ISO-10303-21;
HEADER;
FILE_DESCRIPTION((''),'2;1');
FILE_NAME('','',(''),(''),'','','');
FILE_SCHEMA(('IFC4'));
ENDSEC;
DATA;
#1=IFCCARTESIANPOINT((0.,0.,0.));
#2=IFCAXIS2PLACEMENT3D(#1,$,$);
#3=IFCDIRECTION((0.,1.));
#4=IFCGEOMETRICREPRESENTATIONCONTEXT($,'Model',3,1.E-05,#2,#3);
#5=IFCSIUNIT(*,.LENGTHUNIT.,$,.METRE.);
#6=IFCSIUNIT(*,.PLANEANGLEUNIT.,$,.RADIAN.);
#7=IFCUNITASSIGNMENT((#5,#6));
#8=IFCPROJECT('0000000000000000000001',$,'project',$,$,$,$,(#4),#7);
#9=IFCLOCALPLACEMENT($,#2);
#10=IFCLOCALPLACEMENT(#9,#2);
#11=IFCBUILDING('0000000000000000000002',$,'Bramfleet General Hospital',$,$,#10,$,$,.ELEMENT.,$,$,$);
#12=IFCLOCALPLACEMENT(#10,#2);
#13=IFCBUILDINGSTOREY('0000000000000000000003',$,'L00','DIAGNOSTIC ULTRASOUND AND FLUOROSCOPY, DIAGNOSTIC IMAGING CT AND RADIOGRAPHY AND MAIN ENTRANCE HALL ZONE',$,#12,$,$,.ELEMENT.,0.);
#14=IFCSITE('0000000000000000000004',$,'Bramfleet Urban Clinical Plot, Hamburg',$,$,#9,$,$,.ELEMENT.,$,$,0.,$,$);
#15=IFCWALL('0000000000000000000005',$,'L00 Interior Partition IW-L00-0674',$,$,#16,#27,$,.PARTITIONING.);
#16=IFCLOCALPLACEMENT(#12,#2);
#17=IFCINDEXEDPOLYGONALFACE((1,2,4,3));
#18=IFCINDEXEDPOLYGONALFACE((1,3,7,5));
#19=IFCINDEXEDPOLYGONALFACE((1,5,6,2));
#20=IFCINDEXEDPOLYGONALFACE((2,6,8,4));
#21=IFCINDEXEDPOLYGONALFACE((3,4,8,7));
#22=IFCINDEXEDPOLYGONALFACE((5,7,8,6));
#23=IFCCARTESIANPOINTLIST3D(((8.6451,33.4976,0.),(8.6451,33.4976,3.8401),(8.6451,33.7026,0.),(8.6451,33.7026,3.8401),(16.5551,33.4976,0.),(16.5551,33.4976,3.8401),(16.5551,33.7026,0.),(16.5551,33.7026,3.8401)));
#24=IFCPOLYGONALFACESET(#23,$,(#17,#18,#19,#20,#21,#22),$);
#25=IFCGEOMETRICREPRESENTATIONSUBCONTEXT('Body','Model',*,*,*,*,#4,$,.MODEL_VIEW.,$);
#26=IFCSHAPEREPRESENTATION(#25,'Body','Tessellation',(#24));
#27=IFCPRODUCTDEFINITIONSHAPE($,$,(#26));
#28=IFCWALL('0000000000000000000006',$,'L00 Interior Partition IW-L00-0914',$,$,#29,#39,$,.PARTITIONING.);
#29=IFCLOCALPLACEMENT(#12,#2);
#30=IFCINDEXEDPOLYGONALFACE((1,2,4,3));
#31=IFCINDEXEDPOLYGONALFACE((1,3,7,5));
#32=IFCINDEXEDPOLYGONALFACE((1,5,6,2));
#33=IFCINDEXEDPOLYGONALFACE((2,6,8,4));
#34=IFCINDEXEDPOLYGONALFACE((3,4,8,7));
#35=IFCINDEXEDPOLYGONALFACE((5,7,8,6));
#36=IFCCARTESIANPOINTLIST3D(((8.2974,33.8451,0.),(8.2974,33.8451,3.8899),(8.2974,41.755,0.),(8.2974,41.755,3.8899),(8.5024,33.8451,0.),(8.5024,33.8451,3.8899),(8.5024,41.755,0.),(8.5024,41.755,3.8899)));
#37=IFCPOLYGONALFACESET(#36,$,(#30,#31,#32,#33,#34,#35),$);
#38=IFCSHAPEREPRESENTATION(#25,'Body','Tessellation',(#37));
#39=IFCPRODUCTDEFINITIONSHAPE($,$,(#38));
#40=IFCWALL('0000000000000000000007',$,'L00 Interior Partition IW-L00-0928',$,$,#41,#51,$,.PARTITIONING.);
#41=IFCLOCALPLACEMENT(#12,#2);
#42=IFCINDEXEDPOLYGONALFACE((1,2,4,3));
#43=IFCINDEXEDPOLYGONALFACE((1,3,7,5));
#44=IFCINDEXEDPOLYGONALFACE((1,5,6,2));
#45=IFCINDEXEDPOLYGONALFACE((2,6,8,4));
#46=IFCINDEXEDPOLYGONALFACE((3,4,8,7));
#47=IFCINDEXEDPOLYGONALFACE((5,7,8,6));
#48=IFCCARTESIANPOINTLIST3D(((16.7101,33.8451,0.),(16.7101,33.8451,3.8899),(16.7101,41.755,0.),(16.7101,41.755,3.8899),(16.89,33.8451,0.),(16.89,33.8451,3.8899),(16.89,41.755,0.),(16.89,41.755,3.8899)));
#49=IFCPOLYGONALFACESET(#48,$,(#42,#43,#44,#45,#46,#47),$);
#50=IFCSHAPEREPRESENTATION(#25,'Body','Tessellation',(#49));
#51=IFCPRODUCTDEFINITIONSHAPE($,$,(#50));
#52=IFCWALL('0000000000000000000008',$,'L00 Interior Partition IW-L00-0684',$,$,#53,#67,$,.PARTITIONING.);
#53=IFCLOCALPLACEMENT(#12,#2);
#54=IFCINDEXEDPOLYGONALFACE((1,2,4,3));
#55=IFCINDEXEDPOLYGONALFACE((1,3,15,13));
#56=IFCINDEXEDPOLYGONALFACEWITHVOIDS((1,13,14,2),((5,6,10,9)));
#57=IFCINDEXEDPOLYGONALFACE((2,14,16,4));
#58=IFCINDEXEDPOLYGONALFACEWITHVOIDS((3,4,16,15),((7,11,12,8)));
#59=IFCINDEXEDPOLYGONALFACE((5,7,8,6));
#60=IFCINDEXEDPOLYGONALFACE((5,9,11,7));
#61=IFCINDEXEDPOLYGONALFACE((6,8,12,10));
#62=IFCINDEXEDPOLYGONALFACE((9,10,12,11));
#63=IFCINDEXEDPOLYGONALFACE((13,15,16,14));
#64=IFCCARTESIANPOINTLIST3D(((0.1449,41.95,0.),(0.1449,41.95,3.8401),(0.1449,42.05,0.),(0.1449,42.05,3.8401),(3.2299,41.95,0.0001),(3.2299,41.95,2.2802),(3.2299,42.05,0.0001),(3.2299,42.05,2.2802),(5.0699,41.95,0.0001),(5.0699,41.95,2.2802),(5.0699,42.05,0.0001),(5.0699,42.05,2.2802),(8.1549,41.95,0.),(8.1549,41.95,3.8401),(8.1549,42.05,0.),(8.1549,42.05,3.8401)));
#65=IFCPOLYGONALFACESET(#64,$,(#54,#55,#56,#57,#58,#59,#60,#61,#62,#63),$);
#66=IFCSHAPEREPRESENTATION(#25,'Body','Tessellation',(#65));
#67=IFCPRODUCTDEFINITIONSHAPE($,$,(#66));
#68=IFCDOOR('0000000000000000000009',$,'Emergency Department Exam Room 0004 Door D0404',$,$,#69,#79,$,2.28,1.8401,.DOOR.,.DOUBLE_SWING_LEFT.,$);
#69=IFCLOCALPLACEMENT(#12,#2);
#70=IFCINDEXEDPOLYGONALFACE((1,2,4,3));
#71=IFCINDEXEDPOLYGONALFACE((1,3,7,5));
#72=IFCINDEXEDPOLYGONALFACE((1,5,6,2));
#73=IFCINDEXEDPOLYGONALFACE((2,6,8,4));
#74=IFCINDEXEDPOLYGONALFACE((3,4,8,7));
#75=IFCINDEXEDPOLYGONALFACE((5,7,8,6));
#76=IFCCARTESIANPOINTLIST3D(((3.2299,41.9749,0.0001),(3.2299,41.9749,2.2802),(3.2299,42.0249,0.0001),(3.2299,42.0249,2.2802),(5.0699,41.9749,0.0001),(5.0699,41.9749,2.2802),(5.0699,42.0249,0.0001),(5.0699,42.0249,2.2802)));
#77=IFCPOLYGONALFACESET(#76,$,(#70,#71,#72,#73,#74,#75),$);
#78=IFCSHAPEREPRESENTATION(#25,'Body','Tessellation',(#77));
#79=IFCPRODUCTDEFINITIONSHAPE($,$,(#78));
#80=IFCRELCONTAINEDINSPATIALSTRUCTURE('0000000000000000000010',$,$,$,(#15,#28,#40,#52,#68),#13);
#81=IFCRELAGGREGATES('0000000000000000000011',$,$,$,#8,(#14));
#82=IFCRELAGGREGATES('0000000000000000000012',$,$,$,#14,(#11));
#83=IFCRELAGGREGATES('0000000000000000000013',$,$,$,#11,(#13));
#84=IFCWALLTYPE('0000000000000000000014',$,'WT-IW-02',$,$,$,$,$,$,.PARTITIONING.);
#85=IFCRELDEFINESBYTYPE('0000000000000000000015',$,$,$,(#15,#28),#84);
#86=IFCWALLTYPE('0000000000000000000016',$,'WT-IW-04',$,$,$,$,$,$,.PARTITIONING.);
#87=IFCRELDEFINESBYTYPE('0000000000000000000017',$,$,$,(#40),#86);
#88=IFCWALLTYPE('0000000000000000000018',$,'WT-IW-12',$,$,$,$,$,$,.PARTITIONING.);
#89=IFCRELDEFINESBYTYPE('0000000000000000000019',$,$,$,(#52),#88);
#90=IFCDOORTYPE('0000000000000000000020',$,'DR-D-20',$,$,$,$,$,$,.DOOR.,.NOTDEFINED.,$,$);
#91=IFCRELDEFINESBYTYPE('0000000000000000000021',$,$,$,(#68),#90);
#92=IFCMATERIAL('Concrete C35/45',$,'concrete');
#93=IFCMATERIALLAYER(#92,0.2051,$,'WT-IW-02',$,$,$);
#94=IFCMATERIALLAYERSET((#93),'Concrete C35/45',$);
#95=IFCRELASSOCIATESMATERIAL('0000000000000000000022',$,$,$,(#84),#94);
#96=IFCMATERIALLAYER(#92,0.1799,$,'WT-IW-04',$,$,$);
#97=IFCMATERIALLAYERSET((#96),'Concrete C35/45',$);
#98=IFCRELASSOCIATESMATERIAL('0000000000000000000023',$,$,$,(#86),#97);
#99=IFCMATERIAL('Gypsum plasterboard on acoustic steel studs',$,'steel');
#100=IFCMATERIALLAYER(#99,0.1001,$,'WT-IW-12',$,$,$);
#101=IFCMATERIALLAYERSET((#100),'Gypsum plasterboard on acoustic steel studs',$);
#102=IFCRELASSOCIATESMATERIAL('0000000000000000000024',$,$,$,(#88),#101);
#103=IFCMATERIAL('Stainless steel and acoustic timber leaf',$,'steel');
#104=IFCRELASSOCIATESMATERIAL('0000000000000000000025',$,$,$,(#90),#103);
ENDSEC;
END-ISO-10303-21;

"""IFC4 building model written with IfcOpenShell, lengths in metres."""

from ifc_helpers import new_model, si_unit, direction, frame, frame_2d, origin, place, context, subcontext, project, spatial, rectangle, extrude, material, layer, layer_set, type_object, element, fill, save


model = new_model("IFC4")

# Units and contexts
model_context = context("Model", 3, precision=1e-05, world=origin(), true_north=direction((0.0, 1.0)))
body_context = subcontext(model_context, "Body", "Model", "MODEL_VIEW")
ifc_project = project(units=[si_unit("LENGTHUNIT", "METRE"), si_unit("PLANEANGLEUNIT", "RADIAN")], contexts=[model_context])

# Site, building, storey
site_placement = place(None, origin())
site = spatial("IfcSite", under=ifc_project, at=site_placement, Name="Bramfleet Urban Clinical Plot, Hamburg", CompositionType="ELEMENT", RefElevation=0.0)
building_placement = place(site_placement, origin())
building = spatial("IfcBuilding", under=site, at=building_placement, Name="Bramfleet General Hospital", CompositionType="ELEMENT")
storey_placement = place(building_placement, origin())
storey = spatial("IfcBuildingStorey", under=building, at=storey_placement, Name="L00", Description="DIAGNOSTIC ULTRASOUND AND FLUOROSCOPY, DIAGNOSTIC IMAGING CT AND RADIOGRAPHY AND MAIN ENTRANCE HALL ZONE", CompositionType="ELEMENT", Elevation=0.0)

# Shared definitions
ifc_material_1 = material(Name="Concrete C35/45", Category="concrete")

# Shared definitions
ifc_material_2 = material(Name="Stainless steel and acoustic timber leaf", Category="steel")

# Walls
ifc_layer_1 = layer(ifc_material_1, 0.2051, Name="WT-IW-02")
ifc_layer_set_1 = layer_set([ifc_layer_1], Name="Concrete C35/45")
wall_type_1 = type_object("IfcWallType", Name="WT-IW-02", PredefinedType="PARTITIONING", material=ifc_layer_set_1)
wall_1_placement = place(storey_placement, frame((8.645, 33.6001, 0.0), z_axis=(0.0, 0.0, 1.0), x_axis=(1.0, 0.0, 0.0)))
element("IfcWall", 1, at=wall_1_placement, inside=storey, type_object=wall_type_1, Name="L00 Interior Partition IW-L00-0674", PredefinedType="PARTITIONING", context=body_context, shape_type="SweptSolid", body=[
    extrude(rectangle(XDim=7.9099, YDim=0.2051, at=frame_2d((3.9551, 0.0))), origin(), (0.0, 0.0, 1.0), 3.8401),
])
wall_2_placement = place(storey_placement, frame((8.3999, 33.845, 0.0), z_axis=(0.0, 0.0, 1.0), x_axis=(0.0, 1.0, 0.0)))
element("IfcWall", 2, at=wall_2_placement, inside=storey, type_object=wall_type_1, Name="L00 Interior Partition IW-L00-0914", PredefinedType="PARTITIONING", context=body_context, shape_type="SweptSolid", body=[
    extrude(rectangle(XDim=7.9099, YDim=0.2051, at=frame_2d((3.9551, 0.0))), origin(), (0.0, 0.0, 1.0), 3.8899),
])
ifc_layer_2 = layer(ifc_material_1, 0.1799, Name="WT-IW-04")
ifc_layer_set_2 = layer_set([ifc_layer_2], Name="Concrete C35/45")
wall_type_2 = type_object("IfcWallType", Name="WT-IW-04", PredefinedType="PARTITIONING", material=ifc_layer_set_2)
wall_3_placement = place(storey_placement, frame((16.8, 33.845, 0.0), z_axis=(0.0, 0.0, 1.0), x_axis=(0.0, 1.0, 0.0)))
element("IfcWall", 3, at=wall_3_placement, inside=storey, type_object=wall_type_2, Name="L00 Interior Partition IW-L00-0928", PredefinedType="PARTITIONING", context=body_context, shape_type="SweptSolid", body=[
    extrude(rectangle(XDim=7.9099, YDim=0.1799, at=frame_2d((3.9551, 0.0))), origin(), (0.0, 0.0, 1.0), 3.8899),
])

# Wall, opening, door
ifc_material_3 = material(Name="Gypsum plasterboard on acoustic steel studs", Category="steel")
ifc_layer_3 = layer(ifc_material_3, 0.1001, Name="WT-IW-12")
ifc_layer_set_3 = layer_set([ifc_layer_3], Name="Gypsum plasterboard on acoustic steel studs")
wall_type_3 = type_object("IfcWallType", Name="WT-IW-12", PredefinedType="PARTITIONING", material=ifc_layer_set_3)
wall_4_placement = place(storey_placement, frame((0.145, 42.0, 0.0), z_axis=(0.0, 0.0, 1.0), x_axis=(1.0, 0.0, 0.0)))
wall_4 = element("IfcWall", 4, at=wall_4_placement, inside=storey, type_object=wall_type_3, Name="L00 Interior Partition IW-L00-0684", PredefinedType="PARTITIONING", context=body_context, shape_type="SweptSolid", body=[
    extrude(rectangle(XDim=8.01, YDim=0.1001, at=frame_2d((4.0049, 0.0))), origin(), (0.0, 0.0, 1.0), 3.8401),
])
opening_1_placement = place(wall_4_placement, frame((3.085, 0.0, 0.0)))
opening_1 = element("IfcOpeningElement", 5, at=opening_1_placement, cuts=wall_4, PredefinedType="OPENING", context=body_context, shape_type="SweptSolid", body=[
    extrude(rectangle(XDim=1.8401, YDim=2.28, at=frame_2d((0.9199, 1.1401))), frame((0.0, 0.0601, 0.0), z_axis=(0.0, -1.0, 0.0), x_axis=(1.0, 0.0, 0.0)), (0.0, 0.0, 1.0), 0.1201),
])
door_type_1 = type_object("IfcDoorType", Name="DR-D-20", OperationType="NOTDEFINED", PredefinedType="DOOR", material=ifc_material_2)
door_1_placement = place(opening_1_placement, origin())
door_1 = element("IfcDoor", 6, at=door_1_placement, inside=storey, type_object=door_type_1, Name="Emergency Department Exam Room 0004 Door D0404", OperationType="DOUBLE_SWING_LEFT", OverallHeight=2.28, OverallWidth=1.8401, PredefinedType="DOOR", context=body_context, shape_type="SweptSolid", body=[
    extrude(rectangle(XDim=1.8401, YDim=2.28, at=frame_2d((0.9199, 1.1401))), frame((0.0, 0.0249, 0.0), z_axis=(0.0, -1.0, 0.0), x_axis=(1.0, 0.0, 0.0)), (0.0, 0.0, 1.0), 0.05),
])
fill(opening_1, door_1)

save(model, "model.ifc")
